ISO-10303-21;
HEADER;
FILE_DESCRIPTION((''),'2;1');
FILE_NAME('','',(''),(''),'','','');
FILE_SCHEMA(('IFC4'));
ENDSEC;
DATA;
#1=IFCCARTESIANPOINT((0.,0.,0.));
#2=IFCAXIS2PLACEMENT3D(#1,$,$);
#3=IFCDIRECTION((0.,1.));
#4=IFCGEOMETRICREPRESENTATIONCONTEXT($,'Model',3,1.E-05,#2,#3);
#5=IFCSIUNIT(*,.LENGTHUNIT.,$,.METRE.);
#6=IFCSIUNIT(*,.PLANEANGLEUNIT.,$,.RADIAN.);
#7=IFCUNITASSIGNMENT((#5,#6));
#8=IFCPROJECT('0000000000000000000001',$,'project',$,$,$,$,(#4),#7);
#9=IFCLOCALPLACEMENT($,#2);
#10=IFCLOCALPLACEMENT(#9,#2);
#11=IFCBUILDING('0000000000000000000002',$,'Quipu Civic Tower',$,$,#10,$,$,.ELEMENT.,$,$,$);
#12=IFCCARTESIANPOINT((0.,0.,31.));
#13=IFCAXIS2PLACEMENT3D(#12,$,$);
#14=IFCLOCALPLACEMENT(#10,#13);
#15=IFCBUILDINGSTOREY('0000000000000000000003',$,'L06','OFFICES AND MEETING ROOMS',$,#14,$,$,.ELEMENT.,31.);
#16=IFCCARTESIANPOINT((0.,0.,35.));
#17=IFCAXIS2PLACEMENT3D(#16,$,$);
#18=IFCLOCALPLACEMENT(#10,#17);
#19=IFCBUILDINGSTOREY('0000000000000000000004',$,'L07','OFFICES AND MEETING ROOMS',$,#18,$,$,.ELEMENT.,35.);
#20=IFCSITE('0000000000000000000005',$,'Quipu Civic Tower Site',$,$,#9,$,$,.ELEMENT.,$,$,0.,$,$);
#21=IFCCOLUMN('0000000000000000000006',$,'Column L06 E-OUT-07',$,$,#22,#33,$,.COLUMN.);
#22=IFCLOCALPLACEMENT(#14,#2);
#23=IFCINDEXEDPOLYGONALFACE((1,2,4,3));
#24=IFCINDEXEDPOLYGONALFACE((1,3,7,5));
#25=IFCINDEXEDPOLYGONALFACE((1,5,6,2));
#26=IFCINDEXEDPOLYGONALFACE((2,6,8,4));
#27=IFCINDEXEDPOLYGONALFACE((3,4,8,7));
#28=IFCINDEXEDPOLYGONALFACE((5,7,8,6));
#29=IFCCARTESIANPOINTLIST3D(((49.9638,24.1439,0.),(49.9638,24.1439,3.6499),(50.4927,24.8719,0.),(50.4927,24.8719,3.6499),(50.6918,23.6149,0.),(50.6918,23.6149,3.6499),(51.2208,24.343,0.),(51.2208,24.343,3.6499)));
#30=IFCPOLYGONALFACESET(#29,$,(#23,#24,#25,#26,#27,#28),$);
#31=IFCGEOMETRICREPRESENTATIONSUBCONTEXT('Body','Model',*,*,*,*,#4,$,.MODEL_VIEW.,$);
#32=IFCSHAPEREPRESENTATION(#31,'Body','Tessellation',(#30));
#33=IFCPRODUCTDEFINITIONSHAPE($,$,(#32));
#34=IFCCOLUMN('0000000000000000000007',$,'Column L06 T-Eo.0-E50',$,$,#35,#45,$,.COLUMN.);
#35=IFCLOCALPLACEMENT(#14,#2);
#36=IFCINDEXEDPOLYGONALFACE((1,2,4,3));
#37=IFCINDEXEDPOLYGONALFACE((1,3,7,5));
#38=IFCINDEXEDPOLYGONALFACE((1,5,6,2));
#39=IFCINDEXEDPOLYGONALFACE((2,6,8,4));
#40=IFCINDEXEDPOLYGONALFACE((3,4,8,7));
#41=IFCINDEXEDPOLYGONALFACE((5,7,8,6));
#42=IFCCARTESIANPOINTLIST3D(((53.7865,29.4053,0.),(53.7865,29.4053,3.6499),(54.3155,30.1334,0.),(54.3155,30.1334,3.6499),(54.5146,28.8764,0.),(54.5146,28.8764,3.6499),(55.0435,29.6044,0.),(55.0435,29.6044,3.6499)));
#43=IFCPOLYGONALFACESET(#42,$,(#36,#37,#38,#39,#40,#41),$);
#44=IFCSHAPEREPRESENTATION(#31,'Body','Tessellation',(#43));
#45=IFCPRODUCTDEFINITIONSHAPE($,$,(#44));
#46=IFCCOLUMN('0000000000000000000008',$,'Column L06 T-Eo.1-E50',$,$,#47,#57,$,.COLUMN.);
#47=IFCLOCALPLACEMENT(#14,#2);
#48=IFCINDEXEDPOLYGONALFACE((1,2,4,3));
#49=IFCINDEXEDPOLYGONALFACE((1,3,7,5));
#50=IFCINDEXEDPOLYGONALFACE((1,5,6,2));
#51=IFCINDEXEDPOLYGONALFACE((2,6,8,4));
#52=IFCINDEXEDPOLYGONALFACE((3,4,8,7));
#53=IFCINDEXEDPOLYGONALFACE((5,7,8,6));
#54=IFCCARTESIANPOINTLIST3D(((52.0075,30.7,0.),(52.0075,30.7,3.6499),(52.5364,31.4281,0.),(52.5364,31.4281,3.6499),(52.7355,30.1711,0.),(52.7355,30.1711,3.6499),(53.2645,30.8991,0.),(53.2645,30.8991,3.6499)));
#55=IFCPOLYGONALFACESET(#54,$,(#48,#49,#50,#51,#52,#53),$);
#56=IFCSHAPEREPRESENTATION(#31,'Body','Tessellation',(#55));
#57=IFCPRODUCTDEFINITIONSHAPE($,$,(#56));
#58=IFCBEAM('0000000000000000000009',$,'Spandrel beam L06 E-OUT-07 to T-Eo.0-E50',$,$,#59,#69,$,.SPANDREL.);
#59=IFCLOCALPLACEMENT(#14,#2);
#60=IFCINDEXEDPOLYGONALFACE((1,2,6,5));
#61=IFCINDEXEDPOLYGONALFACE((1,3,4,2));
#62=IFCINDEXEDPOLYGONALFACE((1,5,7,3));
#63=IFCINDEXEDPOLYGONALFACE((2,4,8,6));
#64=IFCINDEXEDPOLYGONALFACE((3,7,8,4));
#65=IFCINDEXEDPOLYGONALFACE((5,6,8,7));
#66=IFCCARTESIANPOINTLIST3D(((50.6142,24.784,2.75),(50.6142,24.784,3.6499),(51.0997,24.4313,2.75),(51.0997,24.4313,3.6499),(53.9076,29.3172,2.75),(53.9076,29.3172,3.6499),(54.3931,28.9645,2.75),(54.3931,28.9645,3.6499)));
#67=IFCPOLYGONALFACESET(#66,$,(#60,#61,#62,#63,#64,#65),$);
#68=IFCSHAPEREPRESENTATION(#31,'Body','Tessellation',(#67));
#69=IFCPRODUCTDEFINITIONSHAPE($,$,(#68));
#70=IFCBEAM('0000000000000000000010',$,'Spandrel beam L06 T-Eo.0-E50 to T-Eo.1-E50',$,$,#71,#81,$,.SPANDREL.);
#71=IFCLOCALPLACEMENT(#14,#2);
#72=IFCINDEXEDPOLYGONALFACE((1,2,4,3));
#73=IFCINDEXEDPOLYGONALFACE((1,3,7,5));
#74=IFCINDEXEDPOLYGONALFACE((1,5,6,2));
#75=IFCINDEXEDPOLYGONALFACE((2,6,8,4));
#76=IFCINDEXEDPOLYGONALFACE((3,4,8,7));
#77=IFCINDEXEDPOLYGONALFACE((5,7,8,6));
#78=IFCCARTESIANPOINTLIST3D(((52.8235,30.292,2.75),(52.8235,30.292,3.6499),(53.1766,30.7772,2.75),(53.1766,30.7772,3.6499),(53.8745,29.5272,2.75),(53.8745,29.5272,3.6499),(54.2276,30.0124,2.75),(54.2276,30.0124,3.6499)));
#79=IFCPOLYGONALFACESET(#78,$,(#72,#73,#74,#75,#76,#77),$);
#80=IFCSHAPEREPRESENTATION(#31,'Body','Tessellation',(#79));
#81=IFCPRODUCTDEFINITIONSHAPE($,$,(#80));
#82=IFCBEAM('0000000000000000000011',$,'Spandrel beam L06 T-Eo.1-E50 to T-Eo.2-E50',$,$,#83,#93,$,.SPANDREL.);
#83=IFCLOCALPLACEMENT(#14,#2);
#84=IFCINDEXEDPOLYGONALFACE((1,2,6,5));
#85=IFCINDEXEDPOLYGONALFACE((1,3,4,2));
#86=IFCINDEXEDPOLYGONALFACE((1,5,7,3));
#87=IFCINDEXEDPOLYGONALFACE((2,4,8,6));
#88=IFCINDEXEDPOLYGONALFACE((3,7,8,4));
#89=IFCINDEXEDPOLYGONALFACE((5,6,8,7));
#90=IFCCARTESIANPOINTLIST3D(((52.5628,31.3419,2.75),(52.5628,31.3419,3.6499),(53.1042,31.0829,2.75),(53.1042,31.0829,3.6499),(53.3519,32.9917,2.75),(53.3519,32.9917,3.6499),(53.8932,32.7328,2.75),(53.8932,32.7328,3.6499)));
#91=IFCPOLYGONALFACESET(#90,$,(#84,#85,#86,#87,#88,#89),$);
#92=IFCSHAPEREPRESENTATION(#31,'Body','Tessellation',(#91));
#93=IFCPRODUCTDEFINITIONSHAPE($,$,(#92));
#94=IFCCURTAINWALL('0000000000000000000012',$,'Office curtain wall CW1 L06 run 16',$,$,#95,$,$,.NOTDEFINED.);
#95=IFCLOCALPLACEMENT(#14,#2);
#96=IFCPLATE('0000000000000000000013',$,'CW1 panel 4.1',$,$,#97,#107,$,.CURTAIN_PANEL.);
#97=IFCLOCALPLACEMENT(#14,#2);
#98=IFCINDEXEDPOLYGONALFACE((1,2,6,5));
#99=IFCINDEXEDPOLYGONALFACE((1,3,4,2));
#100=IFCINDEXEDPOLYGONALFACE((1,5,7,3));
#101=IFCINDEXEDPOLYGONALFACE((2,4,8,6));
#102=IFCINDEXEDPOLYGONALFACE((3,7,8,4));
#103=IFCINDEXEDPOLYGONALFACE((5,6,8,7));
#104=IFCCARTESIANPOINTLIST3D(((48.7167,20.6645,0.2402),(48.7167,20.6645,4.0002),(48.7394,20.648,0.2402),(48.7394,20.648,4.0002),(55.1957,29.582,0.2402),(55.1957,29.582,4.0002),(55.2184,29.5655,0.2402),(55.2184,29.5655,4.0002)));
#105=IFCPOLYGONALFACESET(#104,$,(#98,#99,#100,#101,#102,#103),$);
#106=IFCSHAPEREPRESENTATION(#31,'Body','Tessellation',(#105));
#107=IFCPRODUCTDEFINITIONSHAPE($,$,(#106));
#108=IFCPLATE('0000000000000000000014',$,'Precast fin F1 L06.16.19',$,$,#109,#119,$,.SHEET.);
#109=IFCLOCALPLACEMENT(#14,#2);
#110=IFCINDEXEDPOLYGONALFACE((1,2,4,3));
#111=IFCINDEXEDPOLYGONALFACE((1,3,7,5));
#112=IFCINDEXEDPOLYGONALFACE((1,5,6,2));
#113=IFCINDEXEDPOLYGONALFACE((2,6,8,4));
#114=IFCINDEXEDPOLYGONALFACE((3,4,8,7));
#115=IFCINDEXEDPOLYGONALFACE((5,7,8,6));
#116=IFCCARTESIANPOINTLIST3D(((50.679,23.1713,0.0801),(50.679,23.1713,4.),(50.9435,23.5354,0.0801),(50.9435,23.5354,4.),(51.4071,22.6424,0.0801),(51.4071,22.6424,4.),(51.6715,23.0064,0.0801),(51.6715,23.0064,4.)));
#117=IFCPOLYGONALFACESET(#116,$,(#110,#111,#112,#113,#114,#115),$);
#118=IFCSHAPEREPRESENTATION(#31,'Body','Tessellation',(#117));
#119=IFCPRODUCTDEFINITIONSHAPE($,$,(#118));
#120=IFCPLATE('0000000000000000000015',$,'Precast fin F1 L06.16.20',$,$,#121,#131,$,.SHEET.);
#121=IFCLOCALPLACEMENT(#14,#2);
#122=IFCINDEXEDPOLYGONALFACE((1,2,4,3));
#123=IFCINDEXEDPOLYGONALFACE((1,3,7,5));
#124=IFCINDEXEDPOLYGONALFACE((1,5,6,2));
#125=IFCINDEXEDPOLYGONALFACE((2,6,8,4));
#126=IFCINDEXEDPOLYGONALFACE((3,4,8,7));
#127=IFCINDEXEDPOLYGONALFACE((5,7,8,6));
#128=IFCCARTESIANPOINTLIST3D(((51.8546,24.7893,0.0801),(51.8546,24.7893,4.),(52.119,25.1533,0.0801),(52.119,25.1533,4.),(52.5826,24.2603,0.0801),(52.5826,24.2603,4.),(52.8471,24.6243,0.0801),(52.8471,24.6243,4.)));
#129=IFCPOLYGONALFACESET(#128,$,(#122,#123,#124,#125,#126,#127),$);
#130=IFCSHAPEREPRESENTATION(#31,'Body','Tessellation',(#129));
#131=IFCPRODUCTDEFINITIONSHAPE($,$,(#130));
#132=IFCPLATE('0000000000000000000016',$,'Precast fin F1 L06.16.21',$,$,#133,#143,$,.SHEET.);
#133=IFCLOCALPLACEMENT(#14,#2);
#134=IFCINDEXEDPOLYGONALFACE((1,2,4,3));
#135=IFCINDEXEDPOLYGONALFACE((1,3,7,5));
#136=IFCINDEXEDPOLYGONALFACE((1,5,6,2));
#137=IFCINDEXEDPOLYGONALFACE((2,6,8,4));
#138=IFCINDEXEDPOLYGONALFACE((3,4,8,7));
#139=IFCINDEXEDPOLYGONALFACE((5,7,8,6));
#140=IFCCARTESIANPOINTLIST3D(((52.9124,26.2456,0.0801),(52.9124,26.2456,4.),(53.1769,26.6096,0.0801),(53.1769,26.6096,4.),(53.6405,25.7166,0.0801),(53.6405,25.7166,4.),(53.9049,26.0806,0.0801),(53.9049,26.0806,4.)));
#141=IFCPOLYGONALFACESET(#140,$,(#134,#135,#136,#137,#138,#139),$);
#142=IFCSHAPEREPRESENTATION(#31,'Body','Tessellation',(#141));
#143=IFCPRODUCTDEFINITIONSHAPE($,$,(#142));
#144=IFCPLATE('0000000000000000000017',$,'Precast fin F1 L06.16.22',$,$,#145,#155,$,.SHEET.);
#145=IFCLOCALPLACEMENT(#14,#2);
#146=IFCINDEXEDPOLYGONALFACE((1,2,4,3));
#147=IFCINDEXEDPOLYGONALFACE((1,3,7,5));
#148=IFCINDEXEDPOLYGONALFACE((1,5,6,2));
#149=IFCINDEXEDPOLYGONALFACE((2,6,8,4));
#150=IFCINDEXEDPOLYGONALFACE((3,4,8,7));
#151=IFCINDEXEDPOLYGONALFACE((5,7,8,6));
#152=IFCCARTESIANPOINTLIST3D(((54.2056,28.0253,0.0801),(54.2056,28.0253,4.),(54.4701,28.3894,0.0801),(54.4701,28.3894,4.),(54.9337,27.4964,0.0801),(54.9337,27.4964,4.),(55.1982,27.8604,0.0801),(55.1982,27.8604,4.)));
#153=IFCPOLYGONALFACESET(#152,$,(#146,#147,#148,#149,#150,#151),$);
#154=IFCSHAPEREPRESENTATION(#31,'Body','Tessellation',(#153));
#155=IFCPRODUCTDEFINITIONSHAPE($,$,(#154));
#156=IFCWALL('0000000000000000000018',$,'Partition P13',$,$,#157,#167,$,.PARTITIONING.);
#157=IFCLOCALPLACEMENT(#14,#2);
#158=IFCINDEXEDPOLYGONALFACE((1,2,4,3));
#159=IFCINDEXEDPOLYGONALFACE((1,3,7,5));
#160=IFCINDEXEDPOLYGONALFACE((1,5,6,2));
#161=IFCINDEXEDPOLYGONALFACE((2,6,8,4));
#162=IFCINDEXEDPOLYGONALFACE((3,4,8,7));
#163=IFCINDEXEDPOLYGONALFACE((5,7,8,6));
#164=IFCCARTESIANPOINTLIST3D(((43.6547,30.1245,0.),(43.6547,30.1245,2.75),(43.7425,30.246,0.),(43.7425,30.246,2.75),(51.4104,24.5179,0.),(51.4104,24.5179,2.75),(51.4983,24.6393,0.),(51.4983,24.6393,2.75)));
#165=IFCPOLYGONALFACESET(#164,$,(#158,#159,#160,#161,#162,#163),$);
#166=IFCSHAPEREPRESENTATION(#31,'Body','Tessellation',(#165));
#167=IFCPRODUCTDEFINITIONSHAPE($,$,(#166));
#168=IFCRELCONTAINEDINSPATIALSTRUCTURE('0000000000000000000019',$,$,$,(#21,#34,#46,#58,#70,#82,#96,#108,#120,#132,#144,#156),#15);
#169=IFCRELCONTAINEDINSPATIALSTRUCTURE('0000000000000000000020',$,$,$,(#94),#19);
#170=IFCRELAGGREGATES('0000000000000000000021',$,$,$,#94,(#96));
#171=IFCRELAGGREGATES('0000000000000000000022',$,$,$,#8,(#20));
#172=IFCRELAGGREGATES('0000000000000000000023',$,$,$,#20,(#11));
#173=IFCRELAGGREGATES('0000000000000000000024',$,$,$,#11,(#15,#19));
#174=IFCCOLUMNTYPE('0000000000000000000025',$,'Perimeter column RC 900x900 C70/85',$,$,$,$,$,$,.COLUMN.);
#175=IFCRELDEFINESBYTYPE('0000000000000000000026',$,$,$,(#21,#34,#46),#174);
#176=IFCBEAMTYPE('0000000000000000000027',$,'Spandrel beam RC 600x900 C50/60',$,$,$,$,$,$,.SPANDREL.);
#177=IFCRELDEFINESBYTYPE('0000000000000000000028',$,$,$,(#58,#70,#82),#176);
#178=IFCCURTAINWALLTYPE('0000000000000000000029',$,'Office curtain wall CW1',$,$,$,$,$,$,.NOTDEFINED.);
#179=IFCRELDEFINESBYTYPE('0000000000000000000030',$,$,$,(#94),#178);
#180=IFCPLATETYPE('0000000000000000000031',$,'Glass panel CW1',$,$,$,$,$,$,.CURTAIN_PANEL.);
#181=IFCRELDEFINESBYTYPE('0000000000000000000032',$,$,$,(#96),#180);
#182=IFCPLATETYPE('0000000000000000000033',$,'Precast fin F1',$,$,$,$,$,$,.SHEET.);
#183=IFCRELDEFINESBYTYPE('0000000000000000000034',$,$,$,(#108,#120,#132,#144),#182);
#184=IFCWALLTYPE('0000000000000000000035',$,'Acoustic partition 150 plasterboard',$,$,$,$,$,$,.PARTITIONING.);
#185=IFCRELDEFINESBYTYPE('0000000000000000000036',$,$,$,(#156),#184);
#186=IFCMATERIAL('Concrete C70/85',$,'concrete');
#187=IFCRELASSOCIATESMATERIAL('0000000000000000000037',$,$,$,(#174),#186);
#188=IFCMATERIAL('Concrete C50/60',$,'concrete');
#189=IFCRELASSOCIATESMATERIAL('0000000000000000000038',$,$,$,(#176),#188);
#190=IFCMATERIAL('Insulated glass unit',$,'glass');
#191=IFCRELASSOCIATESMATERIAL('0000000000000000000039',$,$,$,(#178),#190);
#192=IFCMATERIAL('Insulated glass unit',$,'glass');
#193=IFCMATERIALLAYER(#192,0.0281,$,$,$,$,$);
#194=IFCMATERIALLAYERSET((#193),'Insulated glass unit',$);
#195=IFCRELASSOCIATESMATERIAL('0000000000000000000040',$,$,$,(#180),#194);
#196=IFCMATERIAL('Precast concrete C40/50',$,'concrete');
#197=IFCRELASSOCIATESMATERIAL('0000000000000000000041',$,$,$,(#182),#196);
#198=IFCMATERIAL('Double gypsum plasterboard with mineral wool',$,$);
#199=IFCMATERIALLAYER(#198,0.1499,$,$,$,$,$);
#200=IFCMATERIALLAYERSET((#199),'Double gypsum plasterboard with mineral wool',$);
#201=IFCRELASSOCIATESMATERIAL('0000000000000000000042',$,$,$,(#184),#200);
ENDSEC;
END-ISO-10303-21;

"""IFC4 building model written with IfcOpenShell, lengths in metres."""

from ifc_helpers import new_model, si_unit, direction, frame, frame_2d, origin, origin_2d, place, context, subcontext, project, spatial, rectangle, extrude, material, layer, layer_set, material_profile, profile_set, type_object, element, aggregate, save


model = new_model("IFC4")

# Units and contexts
model_context = context("Model", 3, precision=1e-05, world=origin(), true_north=direction((0.0, 1.0)))
body_context = subcontext(model_context, "Body", "Model", "MODEL_VIEW")
ifc_project = project(units=[si_unit("LENGTHUNIT", "METRE"), si_unit("PLANEANGLEUNIT", "RADIAN")], contexts=[model_context])

# Site, building, storey
site_placement = place(None, origin())
site = spatial("IfcSite", under=ifc_project, at=site_placement, Name="Quipu Civic Tower Site", CompositionType="ELEMENT", RefElevation=0.0)
building_placement = place(site_placement, origin())
building = spatial("IfcBuilding", under=site, at=building_placement, Name="Quipu Civic Tower", CompositionType="ELEMENT")
storey_1_placement = place(building_placement, frame((0.0, 0.0, 31.0)))
storey_1 = spatial("IfcBuildingStorey", under=building, at=storey_1_placement, Name="L06", Description="OFFICES AND MEETING ROOMS", CompositionType="ELEMENT", Elevation=31.0)

# Columns
ifc_material_1 = material(Name="Concrete C70/85", Category="concrete")
ifc_material_profile_1 = material_profile(ifc_material_1, rectangle(XDim=0.8999, YDim=0.8999, at=origin_2d()), Name="RC900x900")
ifc_profile_set_1 = profile_set([ifc_material_profile_1], Name="Concrete C70/85")
column_type = type_object("IfcColumnType", Name="Perimeter column RC 900x900 C70/85", PredefinedType="COLUMN", material=ifc_profile_set_1)
for number, where, z_axis, x_axis, name in (
    (1, (50.5923, 24.2434, 0.0), (0.0, 0.0, 1.0), (0.587785, 0.809017, 0.0), "Column L06 E-OUT-07"),
    (2, (54.415, 29.5049, 0.0), (0.0, 0.0, 1.0), (0.587785, 0.809017, 0.0), "Column L06 T-Eo.0-E50"),
    (3, (52.636, 30.7996, 0.0), (0.0, 0.0, 1.0), (-0.809017, 0.587785, 0.0), "Column L06 T-Eo.1-E50"),
):
    element("IfcColumn", number, at=place(storey_1_placement, frame(where, z_axis=z_axis, x_axis=x_axis)), inside=storey_1, type_object=column_type, Name=name, PredefinedType="COLUMN", context=body_context, shape_type="SweptSolid", body=[
        extrude(rectangle(XDim=0.8999, YDim=0.8999, at=origin_2d()), origin(), (0.0, 0.0, 1.0), 3.6499),
    ])

# Beams
ifc_material_2 = material(Name="Concrete C50/60", Category="concrete")
ifc_material_profile_2 = material_profile(ifc_material_2, rectangle(XDim=0.6001, YDim=0.8999, at=origin_2d()), Name="RC600x900")
ifc_profile_set_2 = profile_set([ifc_material_profile_2], Name="Concrete C50/60")
beam_type = type_object("IfcBeamType", Name="Spandrel beam RC 600x900 C50/60", PredefinedType="SPANDREL", material=ifc_profile_set_2)
beam_1_placement = place(storey_1_placement, frame((50.8569, 24.6077, 3.2), z_axis=(0.587773, 0.809026, 0.0), x_axis=(-0.809026, 0.587773, 0.0)))
element("IfcBeam", 4, at=beam_1_placement, inside=storey_1, type_object=beam_type, Name="Spandrel beam L06 E-OUT-07 to T-Eo.0-E50", PredefinedType="SPANDREL", context=body_context, shape_type="SweptSolid", body=[
    extrude(rectangle(XDim=0.6001, YDim=0.8999, at=origin_2d()), origin(), (0.0, 0.0, 1.0), 5.6033),
])
beam_2_placement = place(storey_1_placement, frame((54.051, 29.7698, 3.2), z_axis=(-0.808549, 0.588429, 0.0), x_axis=(-0.588429, -0.808549, 0.0)))
element("IfcBeam", 5, at=beam_2_placement, inside=storey_1, type_object=beam_type, Name="Spandrel beam L06 T-Eo.0-E50 to T-Eo.1-E50", PredefinedType="SPANDREL", context=body_context, shape_type="SweptSolid", body=[
    extrude(rectangle(XDim=0.6001, YDim=0.8999, at=origin_2d()), origin(), (0.0, 0.0, 1.0), 1.2998),
])
beam_3_placement = place(storey_1_placement, frame((52.8335, 31.2124, 3.2), z_axis=(0.431446, 0.902139, 0.0), x_axis=(-0.902139, 0.431446, 0.0)))
element("IfcBeam", 6, at=beam_3_placement, inside=storey_1, type_object=beam_type, Name="Spandrel beam L06 T-Eo.1-E50 to T-Eo.2-E50", PredefinedType="SPANDREL", context=body_context, shape_type="SweptSolid", body=[
    extrude(rectangle(XDim=0.6001, YDim=0.8999, at=origin_2d()), origin(), (0.0, 0.0, 1.0), 1.8289),
])

# Shared definitions
storey_2_placement = place(building_placement, frame((0.0, 0.0, 35.0)))
storey_2 = spatial("IfcBuildingStorey", under=building, at=storey_2_placement, Name="L07", Description="OFFICES AND MEETING ROOMS", CompositionType="ELEMENT", Elevation=35.0)

# Curtain wall, plate
ifc_material_3 = material(Name="Insulated glass unit", Category="glass")
curtain_wall_type = type_object("IfcCurtainWallType", Name="Office curtain wall CW1", PredefinedType="NOTDEFINED", material=ifc_material_3)
curtain_wall_placement = place(storey_2_placement, origin())
curtain_wall = element("IfcCurtainWall", 7, at=curtain_wall_placement, inside=storey_2, type_object=curtain_wall_type, Name="Office curtain wall CW1 L06 run 16", PredefinedType="NOTDEFINED")
ifc_material_4 = material(Name="Insulated glass unit", Category="glass")
ifc_layer_1 = layer(ifc_material_4, 0.0281)
ifc_layer_set_1 = layer_set([ifc_layer_1], Name="Insulated glass unit")
plate_type_1 = type_object("IfcPlateType", Name="Glass panel CW1", PredefinedType="CURTAIN_PANEL", material=ifc_layer_set_1)
plate_placement = place(storey_1_placement, frame((51.9675, 25.115, 0.2402), z_axis=(0.0, 0.0, 1.0), x_axis=(0.587786, 0.809017, 0.0)))
plate = element("IfcPlate", 8, at=plate_placement, inside=storey_1, type_object=plate_type_1, Name="CW1 panel 4.1", PredefinedType="CURTAIN_PANEL", context=body_context, shape_type="SweptSolid", body=[
    extrude(rectangle(XDim=11.0227, YDim=0.0281, at=origin_2d()), origin(), (0.0, 0.0, 1.0), 3.76),
])
aggregate(curtain_wall, [plate])

# Plates
ifc_material_5 = material(Name="Precast concrete C40/50", Category="concrete")
plate_type_2 = type_object("IfcPlateType", Name="Precast fin F1", PredefinedType="SHEET", material=ifc_material_5)
for number, where, z_axis, x_axis, name in (
    (9, (51.1753, 23.0889, 0.0801), (0.0, 0.0, 1.0), (0.587786, 0.809017, 0.0), "Precast fin F1 L06.16.19"),
    (10, (52.3508, 24.7068, 0.0801), (0.0, 0.0, 1.0), (0.587786, 0.809017, 0.0), "Precast fin F1 L06.16.20"),
    (11, (53.4087, 26.1631, 0.0801), (0.0, 0.0, 1.0), (0.587786, 0.809017, 0.0), "Precast fin F1 L06.16.21"),
    (12, (54.7019, 27.9429, 0.0801), (0.0, 0.0, 1.0), (0.587786, 0.809017, 0.0), "Precast fin F1 L06.16.22"),
):
    element("IfcPlate", number, at=place(storey_1_placement, frame(where, z_axis=z_axis, x_axis=x_axis)), inside=storey_1, type_object=plate_type_2, Name=name, PredefinedType="SHEET", context=body_context, shape_type="SweptSolid", body=[
        extrude(rectangle(XDim=0.45, YDim=0.8999, at=origin_2d()), origin(), (0.0, 0.0, 1.0), 3.9199),
    ])

# Wall
ifc_material_6 = material(Name="Double gypsum plasterboard with mineral wool")
ifc_layer_2 = layer(ifc_material_6, 0.1499)
ifc_layer_set_2 = layer_set([ifc_layer_2], Name="Double gypsum plasterboard with mineral wool")
wall_type_1 = type_object("IfcWallType", Name="Acoustic partition 150 plasterboard", PredefinedType="PARTITIONING", material=ifc_layer_set_2)
wall_1_placement = place(storey_1_placement, frame((43.6985, 30.1853, 0.0), z_axis=(0.0, 0.0, 1.0), x_axis=(0.810419, -0.58585, 0.0)))
element("IfcWall", 13, at=wall_1_placement, inside=storey_1, type_object=wall_type_1, Name="Partition P13", PredefinedType="PARTITIONING", context=body_context, shape_type="SweptSolid", body=[
    extrude(rectangle(XDim=9.5701, YDim=0.1499, at=frame_2d((4.7852, 0.0))), origin(), (0.0, 0.0, 1.0), 2.75),
])

save(model, "model.ifc")
